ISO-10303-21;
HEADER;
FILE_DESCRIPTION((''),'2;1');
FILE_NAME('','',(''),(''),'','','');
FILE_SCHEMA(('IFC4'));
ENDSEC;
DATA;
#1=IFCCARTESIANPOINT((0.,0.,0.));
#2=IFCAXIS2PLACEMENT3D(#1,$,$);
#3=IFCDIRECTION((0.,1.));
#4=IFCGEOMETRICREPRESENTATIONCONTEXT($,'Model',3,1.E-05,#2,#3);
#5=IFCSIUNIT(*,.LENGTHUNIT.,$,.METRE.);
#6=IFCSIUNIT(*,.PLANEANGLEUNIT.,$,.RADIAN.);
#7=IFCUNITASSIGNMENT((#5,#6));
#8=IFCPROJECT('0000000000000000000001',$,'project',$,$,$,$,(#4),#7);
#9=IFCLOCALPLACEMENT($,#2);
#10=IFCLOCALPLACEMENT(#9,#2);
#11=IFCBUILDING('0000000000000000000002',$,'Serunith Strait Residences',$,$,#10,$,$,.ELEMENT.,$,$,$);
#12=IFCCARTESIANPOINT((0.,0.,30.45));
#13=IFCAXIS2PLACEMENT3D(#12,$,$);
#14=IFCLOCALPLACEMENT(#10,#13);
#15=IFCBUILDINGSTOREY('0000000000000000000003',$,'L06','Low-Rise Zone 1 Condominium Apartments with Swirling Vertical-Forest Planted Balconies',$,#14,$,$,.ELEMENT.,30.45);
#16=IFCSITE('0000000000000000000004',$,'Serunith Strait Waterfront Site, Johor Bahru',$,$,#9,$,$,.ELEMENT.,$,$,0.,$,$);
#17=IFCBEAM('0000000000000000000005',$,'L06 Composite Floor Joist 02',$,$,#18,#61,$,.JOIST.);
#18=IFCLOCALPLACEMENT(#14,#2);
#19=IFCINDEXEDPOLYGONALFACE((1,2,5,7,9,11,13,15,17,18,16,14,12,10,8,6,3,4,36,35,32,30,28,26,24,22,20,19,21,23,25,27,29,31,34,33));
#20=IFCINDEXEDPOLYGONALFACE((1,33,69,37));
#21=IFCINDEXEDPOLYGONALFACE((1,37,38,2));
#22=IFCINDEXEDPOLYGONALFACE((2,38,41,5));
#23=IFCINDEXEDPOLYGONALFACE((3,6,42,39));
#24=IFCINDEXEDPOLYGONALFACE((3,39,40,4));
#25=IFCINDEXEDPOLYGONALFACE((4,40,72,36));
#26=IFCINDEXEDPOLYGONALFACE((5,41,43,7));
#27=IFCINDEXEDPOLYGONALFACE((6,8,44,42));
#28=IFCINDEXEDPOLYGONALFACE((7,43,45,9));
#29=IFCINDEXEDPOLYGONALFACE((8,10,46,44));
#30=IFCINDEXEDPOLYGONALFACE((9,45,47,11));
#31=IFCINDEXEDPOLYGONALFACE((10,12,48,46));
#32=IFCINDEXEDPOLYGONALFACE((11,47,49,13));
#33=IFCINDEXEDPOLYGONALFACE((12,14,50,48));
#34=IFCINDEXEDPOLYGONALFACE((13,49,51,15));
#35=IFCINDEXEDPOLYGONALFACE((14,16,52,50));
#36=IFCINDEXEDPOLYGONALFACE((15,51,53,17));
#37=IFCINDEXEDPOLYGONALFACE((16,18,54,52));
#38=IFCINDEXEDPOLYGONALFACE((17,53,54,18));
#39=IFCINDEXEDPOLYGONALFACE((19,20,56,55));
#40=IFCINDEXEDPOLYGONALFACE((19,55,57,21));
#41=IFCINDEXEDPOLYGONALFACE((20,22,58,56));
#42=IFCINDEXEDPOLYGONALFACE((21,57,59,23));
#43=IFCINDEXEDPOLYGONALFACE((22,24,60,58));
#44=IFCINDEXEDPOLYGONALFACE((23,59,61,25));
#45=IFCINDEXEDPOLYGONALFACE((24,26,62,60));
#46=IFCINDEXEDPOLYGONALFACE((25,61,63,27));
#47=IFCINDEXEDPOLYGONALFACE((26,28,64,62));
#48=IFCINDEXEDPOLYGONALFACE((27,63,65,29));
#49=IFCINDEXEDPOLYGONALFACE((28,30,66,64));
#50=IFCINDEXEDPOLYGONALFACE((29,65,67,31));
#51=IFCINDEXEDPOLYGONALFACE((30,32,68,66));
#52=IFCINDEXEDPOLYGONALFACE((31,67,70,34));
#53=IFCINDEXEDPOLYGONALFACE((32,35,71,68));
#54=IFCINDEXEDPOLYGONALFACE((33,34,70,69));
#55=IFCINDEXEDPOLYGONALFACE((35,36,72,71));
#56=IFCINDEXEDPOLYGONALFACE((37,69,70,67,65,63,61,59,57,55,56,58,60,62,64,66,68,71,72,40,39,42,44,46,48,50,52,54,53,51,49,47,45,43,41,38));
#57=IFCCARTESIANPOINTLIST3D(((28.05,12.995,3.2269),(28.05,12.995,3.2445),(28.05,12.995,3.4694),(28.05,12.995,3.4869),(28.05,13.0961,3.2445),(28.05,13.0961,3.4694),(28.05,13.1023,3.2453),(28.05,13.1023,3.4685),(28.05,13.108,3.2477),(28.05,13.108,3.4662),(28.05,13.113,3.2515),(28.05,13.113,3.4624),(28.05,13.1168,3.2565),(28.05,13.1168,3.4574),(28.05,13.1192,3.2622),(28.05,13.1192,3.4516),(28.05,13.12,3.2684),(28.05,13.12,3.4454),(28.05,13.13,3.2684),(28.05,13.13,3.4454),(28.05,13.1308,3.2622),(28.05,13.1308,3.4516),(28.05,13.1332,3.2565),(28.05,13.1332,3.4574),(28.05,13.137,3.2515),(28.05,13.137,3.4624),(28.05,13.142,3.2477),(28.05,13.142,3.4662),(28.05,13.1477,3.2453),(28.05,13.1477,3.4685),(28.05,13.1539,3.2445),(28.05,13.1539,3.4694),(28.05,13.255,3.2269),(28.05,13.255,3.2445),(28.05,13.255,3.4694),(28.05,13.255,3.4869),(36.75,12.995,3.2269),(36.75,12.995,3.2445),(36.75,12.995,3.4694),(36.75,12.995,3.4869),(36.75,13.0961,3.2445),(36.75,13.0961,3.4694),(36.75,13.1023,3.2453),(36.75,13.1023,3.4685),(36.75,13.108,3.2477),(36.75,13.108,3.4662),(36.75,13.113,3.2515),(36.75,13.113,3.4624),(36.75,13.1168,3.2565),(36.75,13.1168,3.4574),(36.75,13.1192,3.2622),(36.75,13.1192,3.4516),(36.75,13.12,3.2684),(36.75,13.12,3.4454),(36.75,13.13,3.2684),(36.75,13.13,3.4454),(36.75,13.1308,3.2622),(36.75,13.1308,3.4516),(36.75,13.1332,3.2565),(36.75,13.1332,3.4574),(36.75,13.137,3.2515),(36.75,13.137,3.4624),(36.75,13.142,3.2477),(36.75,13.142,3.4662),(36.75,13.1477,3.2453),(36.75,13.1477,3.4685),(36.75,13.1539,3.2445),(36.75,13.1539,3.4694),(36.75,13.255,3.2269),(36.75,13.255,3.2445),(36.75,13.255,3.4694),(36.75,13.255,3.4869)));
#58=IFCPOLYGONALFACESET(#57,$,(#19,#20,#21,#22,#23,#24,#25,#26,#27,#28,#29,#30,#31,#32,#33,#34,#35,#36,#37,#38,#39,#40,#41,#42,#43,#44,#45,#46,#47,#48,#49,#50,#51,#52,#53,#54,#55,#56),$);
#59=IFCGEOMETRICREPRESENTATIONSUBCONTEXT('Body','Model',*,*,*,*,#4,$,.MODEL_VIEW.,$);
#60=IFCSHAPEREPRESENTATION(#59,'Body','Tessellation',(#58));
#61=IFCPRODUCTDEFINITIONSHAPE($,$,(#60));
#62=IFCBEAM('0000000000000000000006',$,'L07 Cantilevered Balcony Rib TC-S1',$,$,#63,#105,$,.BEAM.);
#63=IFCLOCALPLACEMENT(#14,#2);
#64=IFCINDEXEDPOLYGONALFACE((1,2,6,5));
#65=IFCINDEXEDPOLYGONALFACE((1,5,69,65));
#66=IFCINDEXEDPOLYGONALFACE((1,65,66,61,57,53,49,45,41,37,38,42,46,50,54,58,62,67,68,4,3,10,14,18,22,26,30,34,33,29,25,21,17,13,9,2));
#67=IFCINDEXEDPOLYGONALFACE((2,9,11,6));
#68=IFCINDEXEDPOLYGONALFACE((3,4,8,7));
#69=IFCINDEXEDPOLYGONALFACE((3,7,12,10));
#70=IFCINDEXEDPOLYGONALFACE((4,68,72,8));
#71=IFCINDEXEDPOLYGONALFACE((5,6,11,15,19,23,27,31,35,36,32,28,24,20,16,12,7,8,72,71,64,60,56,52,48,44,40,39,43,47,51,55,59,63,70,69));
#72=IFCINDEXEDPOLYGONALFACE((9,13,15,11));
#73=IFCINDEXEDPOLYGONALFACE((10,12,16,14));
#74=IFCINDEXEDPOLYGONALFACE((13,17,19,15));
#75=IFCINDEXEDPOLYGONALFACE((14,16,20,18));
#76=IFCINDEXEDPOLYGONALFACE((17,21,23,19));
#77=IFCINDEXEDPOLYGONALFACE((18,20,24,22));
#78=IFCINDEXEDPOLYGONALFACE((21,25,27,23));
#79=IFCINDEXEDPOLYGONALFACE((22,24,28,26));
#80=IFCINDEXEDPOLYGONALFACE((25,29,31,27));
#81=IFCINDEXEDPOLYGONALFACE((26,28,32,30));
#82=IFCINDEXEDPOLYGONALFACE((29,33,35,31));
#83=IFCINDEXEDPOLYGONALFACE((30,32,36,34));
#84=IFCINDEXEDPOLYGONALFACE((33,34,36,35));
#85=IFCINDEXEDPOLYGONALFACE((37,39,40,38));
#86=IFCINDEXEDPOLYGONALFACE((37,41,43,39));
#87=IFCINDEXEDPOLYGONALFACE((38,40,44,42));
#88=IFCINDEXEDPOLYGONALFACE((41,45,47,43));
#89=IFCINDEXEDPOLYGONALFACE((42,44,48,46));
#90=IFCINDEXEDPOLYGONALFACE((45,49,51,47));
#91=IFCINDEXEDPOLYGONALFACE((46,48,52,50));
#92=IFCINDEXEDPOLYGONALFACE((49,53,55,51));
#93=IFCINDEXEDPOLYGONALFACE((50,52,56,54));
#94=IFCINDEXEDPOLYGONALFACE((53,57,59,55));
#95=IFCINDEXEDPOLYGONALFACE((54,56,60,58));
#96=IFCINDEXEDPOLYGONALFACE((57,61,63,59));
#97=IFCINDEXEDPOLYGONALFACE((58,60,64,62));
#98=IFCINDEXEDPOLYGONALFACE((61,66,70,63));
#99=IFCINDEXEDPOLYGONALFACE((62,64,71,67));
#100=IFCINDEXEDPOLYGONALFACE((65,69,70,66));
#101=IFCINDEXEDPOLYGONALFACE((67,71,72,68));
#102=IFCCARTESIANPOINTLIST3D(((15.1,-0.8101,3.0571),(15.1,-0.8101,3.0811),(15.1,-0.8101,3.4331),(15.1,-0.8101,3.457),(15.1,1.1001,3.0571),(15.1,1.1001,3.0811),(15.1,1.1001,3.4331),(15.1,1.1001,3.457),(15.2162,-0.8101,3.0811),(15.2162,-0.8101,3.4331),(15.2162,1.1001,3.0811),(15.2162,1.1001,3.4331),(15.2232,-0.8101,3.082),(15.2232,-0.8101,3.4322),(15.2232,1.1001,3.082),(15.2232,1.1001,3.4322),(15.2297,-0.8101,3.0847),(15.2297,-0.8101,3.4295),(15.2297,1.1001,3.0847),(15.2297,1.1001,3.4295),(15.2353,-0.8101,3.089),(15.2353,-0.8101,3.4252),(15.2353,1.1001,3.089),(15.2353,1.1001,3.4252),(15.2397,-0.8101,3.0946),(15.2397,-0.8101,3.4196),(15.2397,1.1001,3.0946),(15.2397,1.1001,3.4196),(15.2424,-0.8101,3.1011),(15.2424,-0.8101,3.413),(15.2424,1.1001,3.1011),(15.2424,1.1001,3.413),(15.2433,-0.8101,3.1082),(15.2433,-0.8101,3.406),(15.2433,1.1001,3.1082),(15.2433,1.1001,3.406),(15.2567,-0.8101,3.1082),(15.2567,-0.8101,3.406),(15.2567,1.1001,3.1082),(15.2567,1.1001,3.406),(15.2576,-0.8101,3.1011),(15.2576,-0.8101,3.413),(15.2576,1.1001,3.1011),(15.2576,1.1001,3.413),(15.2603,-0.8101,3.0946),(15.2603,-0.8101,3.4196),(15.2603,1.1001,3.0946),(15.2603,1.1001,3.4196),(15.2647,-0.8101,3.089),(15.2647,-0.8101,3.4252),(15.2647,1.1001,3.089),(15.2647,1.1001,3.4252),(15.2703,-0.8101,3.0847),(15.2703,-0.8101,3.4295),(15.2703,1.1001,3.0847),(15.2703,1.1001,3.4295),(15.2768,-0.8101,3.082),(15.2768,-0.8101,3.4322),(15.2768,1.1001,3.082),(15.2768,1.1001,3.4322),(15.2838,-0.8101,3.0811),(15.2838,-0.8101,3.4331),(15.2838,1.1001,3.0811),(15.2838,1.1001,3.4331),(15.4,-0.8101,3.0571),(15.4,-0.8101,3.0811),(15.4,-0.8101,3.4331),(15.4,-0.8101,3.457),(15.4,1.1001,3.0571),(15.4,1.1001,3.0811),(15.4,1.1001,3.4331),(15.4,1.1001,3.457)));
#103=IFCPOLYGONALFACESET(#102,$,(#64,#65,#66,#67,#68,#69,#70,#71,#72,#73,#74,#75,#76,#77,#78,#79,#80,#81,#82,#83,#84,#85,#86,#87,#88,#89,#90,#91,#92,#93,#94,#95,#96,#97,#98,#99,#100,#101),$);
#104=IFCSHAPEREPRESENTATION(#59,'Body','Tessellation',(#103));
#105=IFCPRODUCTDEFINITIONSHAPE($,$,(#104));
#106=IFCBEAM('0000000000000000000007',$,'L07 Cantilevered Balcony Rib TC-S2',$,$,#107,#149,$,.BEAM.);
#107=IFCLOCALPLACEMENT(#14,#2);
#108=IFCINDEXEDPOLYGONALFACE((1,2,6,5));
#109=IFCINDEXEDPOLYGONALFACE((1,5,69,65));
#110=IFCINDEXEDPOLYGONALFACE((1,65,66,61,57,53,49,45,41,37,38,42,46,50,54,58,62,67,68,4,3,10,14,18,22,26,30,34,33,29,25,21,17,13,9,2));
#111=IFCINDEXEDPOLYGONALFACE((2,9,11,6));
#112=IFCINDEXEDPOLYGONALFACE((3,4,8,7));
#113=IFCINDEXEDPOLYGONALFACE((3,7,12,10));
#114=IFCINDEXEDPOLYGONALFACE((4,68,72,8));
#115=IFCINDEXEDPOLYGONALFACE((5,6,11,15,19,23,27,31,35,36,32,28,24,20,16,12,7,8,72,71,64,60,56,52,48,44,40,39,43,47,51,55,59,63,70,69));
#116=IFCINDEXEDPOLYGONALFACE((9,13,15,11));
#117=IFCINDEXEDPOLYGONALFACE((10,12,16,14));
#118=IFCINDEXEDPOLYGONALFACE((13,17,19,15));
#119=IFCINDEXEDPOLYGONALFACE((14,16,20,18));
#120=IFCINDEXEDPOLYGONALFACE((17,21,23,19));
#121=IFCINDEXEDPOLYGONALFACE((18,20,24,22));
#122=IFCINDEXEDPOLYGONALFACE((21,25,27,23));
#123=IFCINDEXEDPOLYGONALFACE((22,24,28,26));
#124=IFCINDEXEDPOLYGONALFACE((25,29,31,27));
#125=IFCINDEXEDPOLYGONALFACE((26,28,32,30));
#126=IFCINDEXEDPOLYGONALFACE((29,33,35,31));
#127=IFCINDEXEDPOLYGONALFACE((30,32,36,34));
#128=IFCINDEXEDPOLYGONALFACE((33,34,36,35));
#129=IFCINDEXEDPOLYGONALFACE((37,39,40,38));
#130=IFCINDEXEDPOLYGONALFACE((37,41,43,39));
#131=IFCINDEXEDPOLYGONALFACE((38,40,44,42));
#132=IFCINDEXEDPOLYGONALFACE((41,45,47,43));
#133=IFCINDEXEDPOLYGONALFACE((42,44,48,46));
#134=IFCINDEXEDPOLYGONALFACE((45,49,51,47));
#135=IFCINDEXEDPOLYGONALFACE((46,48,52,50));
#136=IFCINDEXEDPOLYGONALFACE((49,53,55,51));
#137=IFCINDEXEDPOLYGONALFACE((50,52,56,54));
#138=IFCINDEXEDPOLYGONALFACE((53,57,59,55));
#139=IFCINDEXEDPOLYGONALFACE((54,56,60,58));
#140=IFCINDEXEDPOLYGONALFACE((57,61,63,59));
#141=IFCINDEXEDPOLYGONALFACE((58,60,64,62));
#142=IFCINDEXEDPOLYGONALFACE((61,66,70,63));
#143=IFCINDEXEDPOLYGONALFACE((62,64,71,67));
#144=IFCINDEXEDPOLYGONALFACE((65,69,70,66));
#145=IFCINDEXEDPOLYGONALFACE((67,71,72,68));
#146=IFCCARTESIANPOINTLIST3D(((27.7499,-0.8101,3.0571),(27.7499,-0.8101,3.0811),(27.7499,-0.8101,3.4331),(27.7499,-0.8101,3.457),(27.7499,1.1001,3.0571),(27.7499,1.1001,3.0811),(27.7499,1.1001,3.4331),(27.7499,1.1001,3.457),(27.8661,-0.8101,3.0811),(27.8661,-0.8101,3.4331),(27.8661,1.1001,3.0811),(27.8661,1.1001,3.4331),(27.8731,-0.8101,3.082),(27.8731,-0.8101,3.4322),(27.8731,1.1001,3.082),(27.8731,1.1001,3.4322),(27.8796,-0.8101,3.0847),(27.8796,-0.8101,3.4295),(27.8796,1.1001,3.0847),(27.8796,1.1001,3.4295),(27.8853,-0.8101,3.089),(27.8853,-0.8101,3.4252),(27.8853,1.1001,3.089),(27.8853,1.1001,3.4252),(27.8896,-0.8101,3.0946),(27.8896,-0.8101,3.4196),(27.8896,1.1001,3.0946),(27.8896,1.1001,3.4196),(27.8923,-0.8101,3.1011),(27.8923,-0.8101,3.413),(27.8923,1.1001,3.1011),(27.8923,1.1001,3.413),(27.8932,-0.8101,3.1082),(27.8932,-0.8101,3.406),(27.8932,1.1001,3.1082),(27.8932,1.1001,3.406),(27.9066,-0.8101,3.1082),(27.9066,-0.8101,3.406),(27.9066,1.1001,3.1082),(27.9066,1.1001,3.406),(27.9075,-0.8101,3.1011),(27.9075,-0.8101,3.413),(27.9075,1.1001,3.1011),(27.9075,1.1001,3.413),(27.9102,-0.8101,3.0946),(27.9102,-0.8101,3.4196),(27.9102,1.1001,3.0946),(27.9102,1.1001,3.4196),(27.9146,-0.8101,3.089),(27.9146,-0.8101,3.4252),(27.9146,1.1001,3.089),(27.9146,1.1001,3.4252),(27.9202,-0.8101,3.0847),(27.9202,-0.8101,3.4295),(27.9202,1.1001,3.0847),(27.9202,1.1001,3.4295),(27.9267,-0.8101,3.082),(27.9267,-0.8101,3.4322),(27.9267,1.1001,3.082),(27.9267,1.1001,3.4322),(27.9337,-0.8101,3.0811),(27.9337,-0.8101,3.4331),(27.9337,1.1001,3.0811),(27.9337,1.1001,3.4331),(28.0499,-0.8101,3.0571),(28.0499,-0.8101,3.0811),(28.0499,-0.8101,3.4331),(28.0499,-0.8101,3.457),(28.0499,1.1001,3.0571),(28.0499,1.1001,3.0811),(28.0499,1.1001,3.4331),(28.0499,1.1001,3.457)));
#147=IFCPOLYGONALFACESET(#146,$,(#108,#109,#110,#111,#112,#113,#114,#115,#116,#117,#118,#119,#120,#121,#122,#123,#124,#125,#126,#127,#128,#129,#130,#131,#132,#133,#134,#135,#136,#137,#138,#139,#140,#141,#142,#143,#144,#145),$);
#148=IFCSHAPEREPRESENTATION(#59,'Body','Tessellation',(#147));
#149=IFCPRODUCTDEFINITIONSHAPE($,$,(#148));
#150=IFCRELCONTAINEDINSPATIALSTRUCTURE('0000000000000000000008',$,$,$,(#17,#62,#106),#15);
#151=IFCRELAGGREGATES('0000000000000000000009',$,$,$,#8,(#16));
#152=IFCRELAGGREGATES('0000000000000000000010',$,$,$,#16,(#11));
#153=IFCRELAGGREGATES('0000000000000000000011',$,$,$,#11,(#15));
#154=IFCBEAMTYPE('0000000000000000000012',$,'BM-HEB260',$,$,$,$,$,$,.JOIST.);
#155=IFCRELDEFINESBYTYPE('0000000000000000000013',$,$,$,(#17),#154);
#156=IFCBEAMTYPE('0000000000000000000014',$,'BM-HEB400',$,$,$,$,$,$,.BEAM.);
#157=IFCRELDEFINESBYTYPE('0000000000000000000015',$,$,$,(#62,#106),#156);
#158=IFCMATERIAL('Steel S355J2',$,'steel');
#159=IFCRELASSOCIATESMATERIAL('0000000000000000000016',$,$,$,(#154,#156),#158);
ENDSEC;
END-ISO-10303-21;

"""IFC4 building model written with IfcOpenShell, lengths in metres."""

from ifc_helpers import new_model, si_unit, direction, frame, origin, origin_2d, place, context, subcontext, project, spatial, i_section, extrude, source, transform, mapped, material, material_profile, profile_set, type_object, element, save


model = new_model("IFC4")

# Units and contexts
model_context = context("Model", 3, precision=1e-05, world=origin(), true_north=direction((0.0, 1.0)))
body_context = subcontext(model_context, "Body", "Model", "MODEL_VIEW")
ifc_project = project(units=[si_unit("LENGTHUNIT", "METRE"), si_unit("PLANEANGLEUNIT", "RADIAN")], contexts=[model_context])

# Site, building, storey
site_placement = place(None, origin())
site = spatial("IfcSite", under=ifc_project, at=site_placement, Name="Serunith Strait Waterfront Site, Johor Bahru", CompositionType="ELEMENT", RefElevation=0.0)
building_placement = place(site_placement, origin())
building = spatial("IfcBuilding", under=site, at=building_placement, Name="Serunith Strait Residences", CompositionType="ELEMENT")
storey_placement = place(building_placement, frame((0.0, 0.0, 30.45)))
storey = spatial("IfcBuildingStorey", under=building, at=storey_placement, Name="L06", Description="Low-Rise Zone 1 Condominium Apartments with Swirling Vertical-Forest Planted Balconies", CompositionType="ELEMENT", Elevation=30.45)

# Beams
ifc_material_1 = material(Name="Steel S355J2", Category="steel")
ifc_material_profile_1 = material_profile(ifc_material_1, i_section(OverallWidth=0.26, OverallDepth=0.26, WebThickness=0.01, FlangeThickness=0.0176, FilletRadius=0.0239, at=origin_2d()), Name="HEB 260")
ifc_profile_set_1 = profile_set([ifc_material_profile_1], Name="Steel S355J2")
beam_type_1 = type_object("IfcBeamType", Name="BM-HEB260", PredefinedType="JOIST", material=ifc_profile_set_1)
shared_shape_1 = source(origin(), body_context, "Body", "SweptSolid", [
    extrude(i_section(OverallWidth=0.26, OverallDepth=0.26, WebThickness=0.01, FlangeThickness=0.0176, FilletRadius=0.0239, at=origin_2d()), origin(), (0.0, 0.0, 1.0), 8.7),
])
beam_1_placement = place(storey_placement, frame((28.05, 13.125, 3.3569), z_axis=(1.0, 0.0, 0.0), x_axis=(0.0, 1.0, 0.0)))
element("IfcBeam", 1, at=beam_1_placement, inside=storey, type_object=beam_type_1, Name="L06 Composite Floor Joist 02", PredefinedType="JOIST", context=body_context, shape_type="MappedRepresentation", body=[
    mapped(shared_shape_1, transform((0.0, 0.0, 0.0), scale=1.0)),
])
ifc_material_profile_2 = material_profile(ifc_material_1, i_section(OverallWidth=0.3, OverallDepth=0.3999, WebThickness=0.0134, FlangeThickness=0.0239, FilletRadius=0.0271, at=origin_2d()), Name="HEB 400")
ifc_profile_set_2 = profile_set([ifc_material_profile_2], Name="Steel S355J2")
beam_type_2 = type_object("IfcBeamType", Name="BM-HEB400", PredefinedType="BEAM", material=ifc_profile_set_2)
shared_shape_2 = source(origin(), body_context, "Body", "SweptSolid", [
    extrude(i_section(OverallWidth=0.3, OverallDepth=0.3999, WebThickness=0.0134, FlangeThickness=0.0239, FilletRadius=0.0271, at=origin_2d()), origin(), (0.0, 0.0, 1.0), 1.9102),
])
for number, where, z_axis, x_axis, name in (
    (2, (15.25, 1.1001, 3.2571), (0.0, -1.0, 0.0), (1.0, 0.0, 0.0), "L07 Cantilevered Balcony Rib TC-S1"),
    (3, (27.8999, 1.1001, 3.2571), (0.0, -1.0, 0.0), (1.0, 0.0, 0.0), "L07 Cantilevered Balcony Rib TC-S2"),
):
    element("IfcBeam", number, at=place(storey_placement, frame(where, z_axis=z_axis, x_axis=x_axis)), inside=storey, type_object=beam_type_2, Name=name, PredefinedType="BEAM", context=body_context, shape_type="MappedRepresentation", body=[
        mapped(shared_shape_2, transform((0.0, 0.0, 0.0), scale=1.0)),
    ])

save(model, "model.ifc")
